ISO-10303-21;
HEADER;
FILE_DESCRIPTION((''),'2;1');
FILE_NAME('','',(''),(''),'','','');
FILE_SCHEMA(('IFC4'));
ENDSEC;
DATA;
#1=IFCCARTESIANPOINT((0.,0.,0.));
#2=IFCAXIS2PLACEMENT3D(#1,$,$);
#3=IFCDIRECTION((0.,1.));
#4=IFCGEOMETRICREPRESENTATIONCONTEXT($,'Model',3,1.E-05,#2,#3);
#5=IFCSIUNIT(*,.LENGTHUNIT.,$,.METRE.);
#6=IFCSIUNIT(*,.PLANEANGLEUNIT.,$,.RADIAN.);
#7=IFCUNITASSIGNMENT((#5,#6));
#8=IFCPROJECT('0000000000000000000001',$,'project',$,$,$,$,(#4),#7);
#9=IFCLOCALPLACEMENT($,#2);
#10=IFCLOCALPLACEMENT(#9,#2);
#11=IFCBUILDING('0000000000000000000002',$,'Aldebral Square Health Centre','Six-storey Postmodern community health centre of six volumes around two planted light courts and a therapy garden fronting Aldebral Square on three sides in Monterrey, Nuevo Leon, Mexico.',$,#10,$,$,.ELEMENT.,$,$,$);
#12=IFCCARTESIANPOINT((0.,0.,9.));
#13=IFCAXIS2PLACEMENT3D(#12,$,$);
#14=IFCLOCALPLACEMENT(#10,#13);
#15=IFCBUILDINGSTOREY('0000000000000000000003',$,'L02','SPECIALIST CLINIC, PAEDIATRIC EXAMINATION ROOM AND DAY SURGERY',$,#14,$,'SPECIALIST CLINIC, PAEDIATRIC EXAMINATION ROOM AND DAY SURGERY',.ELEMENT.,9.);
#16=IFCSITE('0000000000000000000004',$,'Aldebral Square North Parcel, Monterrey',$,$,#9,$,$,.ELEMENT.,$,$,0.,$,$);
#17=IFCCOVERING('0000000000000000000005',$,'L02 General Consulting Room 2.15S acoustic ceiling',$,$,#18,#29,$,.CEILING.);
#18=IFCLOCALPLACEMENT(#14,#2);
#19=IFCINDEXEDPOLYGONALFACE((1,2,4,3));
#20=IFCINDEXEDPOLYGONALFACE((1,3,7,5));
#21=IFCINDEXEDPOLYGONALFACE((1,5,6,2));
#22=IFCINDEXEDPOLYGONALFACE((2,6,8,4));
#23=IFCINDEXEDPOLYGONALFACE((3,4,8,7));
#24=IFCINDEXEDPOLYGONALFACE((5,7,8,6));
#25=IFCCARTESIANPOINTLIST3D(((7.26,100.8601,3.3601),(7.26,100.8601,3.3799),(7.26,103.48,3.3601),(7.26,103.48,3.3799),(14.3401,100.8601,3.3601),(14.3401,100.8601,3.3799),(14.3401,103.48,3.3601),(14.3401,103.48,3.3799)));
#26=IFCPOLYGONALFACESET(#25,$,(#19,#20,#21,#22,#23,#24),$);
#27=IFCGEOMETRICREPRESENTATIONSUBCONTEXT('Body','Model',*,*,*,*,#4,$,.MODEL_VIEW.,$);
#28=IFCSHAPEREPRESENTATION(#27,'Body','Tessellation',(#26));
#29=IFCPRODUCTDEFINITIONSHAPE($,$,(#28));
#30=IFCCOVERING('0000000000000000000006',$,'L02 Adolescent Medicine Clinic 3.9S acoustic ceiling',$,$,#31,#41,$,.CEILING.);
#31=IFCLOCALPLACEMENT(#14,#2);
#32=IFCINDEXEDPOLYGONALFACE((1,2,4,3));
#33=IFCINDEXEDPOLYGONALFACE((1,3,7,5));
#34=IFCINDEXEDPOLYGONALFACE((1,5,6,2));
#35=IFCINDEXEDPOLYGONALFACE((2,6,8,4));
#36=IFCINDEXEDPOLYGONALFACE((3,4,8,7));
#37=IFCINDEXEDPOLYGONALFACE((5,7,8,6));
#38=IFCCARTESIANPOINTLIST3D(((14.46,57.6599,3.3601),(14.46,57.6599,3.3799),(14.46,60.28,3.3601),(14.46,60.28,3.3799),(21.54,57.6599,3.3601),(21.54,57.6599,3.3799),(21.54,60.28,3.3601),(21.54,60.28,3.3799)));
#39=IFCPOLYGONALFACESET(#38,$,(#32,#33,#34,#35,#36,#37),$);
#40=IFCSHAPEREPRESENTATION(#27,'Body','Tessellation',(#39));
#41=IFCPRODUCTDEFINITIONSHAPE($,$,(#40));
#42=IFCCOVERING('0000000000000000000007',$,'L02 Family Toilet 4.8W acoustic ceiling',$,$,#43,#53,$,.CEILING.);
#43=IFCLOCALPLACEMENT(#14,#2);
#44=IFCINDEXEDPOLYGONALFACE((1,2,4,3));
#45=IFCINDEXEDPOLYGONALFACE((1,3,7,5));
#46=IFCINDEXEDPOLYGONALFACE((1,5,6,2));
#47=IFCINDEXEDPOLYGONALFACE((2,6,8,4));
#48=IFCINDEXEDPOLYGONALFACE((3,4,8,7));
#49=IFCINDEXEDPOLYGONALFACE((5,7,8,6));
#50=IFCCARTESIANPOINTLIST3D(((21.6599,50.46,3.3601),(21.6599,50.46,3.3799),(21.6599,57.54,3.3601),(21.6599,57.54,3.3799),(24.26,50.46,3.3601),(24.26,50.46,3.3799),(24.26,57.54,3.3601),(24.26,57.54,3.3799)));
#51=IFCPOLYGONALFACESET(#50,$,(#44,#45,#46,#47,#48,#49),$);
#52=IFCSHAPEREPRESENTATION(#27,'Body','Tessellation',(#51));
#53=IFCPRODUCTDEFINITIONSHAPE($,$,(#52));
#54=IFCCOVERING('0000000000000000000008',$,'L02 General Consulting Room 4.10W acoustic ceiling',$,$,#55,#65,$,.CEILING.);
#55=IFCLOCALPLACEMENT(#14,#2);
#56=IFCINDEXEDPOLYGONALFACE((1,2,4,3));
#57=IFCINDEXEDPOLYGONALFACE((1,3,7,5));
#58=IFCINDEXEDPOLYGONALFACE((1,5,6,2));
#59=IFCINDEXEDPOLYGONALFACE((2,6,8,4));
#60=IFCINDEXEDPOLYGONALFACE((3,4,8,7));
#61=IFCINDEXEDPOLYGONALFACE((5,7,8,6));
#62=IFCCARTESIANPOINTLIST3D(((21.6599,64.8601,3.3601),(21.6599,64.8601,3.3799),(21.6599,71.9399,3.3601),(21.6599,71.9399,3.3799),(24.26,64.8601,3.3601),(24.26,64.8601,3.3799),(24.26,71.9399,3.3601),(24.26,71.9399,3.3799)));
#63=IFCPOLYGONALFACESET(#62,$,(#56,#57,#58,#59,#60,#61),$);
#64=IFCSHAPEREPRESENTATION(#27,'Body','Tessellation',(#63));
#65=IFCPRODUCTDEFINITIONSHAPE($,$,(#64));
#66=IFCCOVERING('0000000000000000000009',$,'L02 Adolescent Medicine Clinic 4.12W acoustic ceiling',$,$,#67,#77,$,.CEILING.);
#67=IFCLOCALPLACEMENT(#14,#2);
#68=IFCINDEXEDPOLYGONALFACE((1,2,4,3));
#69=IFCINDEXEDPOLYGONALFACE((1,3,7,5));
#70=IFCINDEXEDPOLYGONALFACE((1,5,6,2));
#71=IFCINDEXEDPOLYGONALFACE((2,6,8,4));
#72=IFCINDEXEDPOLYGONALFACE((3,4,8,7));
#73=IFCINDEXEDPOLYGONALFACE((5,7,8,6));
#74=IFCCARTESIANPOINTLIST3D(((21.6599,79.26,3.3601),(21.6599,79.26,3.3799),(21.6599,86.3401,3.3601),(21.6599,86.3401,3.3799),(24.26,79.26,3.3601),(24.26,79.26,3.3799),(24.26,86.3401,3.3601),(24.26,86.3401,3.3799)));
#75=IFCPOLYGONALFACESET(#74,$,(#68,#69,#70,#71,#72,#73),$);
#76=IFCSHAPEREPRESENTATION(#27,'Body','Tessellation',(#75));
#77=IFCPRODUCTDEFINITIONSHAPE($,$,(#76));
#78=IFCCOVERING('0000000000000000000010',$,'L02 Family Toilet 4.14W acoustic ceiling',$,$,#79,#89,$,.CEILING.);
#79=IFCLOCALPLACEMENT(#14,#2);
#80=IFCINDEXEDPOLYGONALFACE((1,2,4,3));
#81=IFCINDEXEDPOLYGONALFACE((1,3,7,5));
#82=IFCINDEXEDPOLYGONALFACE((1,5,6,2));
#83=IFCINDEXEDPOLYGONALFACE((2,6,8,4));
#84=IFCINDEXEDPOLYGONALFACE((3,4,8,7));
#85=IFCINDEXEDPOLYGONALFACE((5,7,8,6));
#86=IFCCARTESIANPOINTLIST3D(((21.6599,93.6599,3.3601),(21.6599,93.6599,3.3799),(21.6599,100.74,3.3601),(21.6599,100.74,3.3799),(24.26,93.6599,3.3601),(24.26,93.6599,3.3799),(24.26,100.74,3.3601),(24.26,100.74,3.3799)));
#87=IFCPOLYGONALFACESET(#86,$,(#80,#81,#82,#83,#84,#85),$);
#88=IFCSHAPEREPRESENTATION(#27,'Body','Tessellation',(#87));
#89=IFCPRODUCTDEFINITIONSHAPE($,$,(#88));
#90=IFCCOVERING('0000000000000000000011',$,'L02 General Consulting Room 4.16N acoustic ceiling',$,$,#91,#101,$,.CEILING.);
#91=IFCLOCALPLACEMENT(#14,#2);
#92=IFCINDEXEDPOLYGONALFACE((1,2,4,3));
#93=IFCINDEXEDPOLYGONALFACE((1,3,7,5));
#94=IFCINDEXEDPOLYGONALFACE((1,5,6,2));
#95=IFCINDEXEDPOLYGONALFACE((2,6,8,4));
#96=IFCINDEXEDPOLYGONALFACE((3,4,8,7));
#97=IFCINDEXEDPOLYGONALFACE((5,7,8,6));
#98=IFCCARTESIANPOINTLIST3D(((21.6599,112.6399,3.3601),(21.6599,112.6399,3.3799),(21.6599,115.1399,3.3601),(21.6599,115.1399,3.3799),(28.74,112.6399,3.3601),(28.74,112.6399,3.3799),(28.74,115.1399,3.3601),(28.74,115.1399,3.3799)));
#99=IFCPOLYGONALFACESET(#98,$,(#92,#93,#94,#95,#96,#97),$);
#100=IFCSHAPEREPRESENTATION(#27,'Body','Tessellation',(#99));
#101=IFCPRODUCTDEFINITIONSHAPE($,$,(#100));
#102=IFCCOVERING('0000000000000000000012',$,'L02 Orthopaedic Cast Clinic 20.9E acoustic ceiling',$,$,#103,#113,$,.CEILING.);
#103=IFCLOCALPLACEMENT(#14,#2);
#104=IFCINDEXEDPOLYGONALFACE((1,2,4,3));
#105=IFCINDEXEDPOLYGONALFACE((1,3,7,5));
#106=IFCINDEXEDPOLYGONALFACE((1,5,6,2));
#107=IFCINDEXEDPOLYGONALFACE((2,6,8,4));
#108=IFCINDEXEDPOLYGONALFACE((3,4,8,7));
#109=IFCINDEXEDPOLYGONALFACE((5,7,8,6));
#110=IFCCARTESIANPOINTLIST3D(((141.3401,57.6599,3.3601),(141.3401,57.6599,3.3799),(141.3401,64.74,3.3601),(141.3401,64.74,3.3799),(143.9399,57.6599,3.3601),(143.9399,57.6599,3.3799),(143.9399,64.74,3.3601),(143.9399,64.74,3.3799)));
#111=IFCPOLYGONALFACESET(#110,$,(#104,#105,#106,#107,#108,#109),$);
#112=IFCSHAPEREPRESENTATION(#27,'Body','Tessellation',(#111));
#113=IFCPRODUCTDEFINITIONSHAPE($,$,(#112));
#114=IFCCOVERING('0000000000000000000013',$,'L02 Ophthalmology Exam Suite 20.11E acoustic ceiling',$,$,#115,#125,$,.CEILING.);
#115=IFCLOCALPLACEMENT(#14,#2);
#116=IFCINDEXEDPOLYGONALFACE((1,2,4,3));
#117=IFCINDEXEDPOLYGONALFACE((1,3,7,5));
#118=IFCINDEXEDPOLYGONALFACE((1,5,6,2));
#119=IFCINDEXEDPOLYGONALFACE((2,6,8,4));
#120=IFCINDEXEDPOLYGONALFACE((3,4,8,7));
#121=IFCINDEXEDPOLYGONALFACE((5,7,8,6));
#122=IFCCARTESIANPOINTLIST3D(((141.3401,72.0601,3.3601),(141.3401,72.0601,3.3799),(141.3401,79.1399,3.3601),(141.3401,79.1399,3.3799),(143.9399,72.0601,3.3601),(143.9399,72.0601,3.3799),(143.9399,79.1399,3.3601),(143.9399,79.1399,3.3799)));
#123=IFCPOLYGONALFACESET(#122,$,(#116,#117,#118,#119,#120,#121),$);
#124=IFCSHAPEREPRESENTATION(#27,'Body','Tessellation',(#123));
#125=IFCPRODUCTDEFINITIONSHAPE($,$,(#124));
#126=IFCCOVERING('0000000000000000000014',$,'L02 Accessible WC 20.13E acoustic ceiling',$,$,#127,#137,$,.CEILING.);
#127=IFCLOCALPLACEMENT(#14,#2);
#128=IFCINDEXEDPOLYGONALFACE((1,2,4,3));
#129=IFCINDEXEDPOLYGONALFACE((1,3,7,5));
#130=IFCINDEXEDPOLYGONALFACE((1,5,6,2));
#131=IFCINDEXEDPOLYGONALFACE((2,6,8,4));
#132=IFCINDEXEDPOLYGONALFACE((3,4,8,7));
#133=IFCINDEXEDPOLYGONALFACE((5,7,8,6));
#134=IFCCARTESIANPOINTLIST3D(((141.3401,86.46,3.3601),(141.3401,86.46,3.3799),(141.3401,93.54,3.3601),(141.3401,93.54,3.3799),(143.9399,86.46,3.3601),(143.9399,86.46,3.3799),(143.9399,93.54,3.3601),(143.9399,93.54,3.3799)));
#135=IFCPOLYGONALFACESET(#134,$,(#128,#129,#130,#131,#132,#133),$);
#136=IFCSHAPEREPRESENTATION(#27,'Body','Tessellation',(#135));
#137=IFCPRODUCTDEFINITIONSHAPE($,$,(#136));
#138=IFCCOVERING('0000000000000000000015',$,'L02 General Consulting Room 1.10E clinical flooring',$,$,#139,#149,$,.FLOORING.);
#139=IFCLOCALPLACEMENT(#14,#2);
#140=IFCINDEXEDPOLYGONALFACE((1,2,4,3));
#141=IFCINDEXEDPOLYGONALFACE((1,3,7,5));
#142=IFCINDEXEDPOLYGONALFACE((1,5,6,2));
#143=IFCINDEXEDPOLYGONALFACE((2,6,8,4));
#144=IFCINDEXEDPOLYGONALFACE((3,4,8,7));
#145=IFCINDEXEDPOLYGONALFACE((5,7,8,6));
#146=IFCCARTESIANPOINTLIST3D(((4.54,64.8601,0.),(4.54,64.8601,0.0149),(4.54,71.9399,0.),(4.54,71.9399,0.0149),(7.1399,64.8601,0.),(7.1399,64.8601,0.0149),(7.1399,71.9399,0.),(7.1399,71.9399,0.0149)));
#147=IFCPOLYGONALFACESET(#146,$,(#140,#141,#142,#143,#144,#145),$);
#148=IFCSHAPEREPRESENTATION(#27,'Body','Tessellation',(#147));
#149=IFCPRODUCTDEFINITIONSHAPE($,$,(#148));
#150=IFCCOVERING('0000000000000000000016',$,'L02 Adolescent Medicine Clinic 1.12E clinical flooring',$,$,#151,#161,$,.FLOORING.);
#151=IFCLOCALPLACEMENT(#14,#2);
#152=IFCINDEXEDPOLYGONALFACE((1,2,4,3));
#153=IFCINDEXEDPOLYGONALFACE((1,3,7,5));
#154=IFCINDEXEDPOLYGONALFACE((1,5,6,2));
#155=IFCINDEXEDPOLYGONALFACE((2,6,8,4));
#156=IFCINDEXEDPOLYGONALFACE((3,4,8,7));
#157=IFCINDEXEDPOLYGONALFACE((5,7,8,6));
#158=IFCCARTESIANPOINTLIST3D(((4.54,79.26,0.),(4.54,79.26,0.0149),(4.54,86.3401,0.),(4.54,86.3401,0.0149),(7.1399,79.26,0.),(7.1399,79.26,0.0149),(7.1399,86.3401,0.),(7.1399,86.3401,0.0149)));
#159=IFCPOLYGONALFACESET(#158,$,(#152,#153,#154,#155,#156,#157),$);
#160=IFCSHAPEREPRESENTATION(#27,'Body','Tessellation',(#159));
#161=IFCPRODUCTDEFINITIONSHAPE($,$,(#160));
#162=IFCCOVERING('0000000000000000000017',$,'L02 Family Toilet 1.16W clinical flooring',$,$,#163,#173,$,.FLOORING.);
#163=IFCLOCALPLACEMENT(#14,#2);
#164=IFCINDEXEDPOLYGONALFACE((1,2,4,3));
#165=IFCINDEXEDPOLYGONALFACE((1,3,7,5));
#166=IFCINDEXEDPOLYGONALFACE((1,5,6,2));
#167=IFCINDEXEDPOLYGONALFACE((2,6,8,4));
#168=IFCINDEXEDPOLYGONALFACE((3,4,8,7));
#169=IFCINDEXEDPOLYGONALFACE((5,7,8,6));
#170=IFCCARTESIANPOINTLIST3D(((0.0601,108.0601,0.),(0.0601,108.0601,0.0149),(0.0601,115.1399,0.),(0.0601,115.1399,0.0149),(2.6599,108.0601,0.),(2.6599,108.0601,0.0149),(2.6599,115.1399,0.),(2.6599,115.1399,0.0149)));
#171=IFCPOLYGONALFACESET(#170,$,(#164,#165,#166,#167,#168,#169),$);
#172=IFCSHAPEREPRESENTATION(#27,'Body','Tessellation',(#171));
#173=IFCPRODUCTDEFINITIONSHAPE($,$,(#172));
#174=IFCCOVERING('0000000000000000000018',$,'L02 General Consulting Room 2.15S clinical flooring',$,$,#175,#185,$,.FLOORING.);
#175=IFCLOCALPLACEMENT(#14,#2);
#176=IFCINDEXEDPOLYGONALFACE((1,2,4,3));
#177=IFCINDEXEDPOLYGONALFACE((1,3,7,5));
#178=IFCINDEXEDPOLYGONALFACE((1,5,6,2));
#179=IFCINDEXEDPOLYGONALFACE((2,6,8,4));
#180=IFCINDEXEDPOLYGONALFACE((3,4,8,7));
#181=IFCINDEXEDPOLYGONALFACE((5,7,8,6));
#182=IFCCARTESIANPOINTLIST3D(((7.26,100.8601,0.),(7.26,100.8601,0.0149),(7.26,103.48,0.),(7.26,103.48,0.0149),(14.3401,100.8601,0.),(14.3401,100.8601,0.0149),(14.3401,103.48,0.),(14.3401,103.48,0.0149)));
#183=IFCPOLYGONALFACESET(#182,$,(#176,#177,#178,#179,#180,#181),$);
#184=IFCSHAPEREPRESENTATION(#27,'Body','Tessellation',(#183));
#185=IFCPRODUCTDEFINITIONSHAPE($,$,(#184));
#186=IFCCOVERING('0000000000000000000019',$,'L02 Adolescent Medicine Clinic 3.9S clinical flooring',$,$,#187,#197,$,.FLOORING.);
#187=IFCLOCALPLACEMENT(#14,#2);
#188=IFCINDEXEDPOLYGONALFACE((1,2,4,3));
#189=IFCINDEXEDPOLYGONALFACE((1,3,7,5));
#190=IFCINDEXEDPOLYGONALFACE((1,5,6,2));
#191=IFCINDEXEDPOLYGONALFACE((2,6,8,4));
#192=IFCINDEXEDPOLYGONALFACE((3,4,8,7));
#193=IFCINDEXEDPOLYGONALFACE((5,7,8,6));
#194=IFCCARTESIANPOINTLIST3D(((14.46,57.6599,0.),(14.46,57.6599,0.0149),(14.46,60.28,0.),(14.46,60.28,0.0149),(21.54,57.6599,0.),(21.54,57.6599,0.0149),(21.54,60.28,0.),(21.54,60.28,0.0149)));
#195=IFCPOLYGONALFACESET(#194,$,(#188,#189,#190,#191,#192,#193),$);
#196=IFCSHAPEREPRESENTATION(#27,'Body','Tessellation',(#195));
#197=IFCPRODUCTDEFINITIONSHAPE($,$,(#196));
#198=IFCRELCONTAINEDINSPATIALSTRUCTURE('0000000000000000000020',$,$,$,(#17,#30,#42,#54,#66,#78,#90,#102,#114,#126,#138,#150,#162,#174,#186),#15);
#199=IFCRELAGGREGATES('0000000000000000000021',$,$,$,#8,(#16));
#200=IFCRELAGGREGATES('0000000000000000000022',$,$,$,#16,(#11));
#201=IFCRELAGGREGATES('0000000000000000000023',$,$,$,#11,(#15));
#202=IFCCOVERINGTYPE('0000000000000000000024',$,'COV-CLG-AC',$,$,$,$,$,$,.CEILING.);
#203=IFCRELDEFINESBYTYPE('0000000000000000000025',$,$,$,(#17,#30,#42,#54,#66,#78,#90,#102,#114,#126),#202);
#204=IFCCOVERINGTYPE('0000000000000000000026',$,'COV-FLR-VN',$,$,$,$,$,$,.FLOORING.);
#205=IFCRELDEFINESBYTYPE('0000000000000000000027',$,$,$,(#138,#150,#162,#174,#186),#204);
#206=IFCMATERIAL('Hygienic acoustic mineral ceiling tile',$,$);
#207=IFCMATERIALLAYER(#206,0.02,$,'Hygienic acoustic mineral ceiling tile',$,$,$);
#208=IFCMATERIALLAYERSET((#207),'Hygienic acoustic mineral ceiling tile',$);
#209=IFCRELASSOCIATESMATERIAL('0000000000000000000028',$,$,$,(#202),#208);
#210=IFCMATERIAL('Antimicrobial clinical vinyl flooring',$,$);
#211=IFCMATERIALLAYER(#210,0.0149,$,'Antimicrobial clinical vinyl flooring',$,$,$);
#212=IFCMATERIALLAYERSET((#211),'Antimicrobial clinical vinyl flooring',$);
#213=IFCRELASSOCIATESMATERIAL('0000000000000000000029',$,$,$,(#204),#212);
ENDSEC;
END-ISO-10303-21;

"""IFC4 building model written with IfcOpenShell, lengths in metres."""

from ifc_helpers import new_model, si_unit, direction, frame, origin, place, context, subcontext, project, spatial, polyline, outline, extrude, material, layer, layer_set, type_object, element, save


model = new_model("IFC4")

# Units and contexts
model_context = context("Model", 3, precision=1e-05, world=origin(), true_north=direction((0.0, 1.0)))
body_context = subcontext(model_context, "Body", "Model", "MODEL_VIEW")
ifc_project = project(units=[si_unit("LENGTHUNIT", "METRE"), si_unit("PLANEANGLEUNIT", "RADIAN")], contexts=[model_context])

# Site, building, storey
site_placement = place(None, origin())
site = spatial("IfcSite", under=ifc_project, at=site_placement, Name="Aldebral Square North Parcel, Monterrey", CompositionType="ELEMENT", RefElevation=0.0)
building_placement = place(site_placement, origin())
building = spatial("IfcBuilding", under=site, at=building_placement, Name="Aldebral Square Health Centre", Description="Six-storey Postmodern community health centre of six volumes around two planted light courts and a therapy garden fronting Aldebral Square on three sides in Monterrey, Nuevo Leon, Mexico.", CompositionType="ELEMENT")
storey_placement = place(building_placement, frame((0.0, 0.0, 9.0)))
storey = spatial("IfcBuildingStorey", under=building, at=storey_placement, Name="L02", Description="SPECIALIST CLINIC, PAEDIATRIC EXAMINATION ROOM AND DAY SURGERY", LongName="SPECIALIST CLINIC, PAEDIATRIC EXAMINATION ROOM AND DAY SURGERY", CompositionType="ELEMENT", Elevation=9.0)

# Coverings
ifc_material_1 = material(Name="Hygienic acoustic mineral ceiling tile")
ifc_layer_1 = layer(ifc_material_1, 0.02, Name="Hygienic acoustic mineral ceiling tile")
ifc_layer_set_1 = layer_set([ifc_layer_1], Name="Hygienic acoustic mineral ceiling tile")
covering_type_1 = type_object("IfcCoveringType", Name="COV-CLG-AC", PredefinedType="CEILING", material=ifc_layer_set_1)
covering_1_placement = place(storey_placement, frame((0.0, 0.0, 3.3601)))
element("IfcCovering", 1, at=covering_1_placement, inside=storey, type_object=covering_type_1, Name="L02 General Consulting Room 2.15S acoustic ceiling", PredefinedType="CEILING", context=body_context, shape_type="SweptSolid", body=[
    extrude(outline(polyline([(7.26, 100.8601), (14.3401, 100.8601), (14.3401, 103.48), (7.26, 103.48), (7.26, 100.8601)])), origin(), (0.0, 0.0, 1.0), 0.0198),
])
covering_2_placement = place(storey_placement, frame((0.0, 0.0, 3.3601)))
element("IfcCovering", 2, at=covering_2_placement, inside=storey, type_object=covering_type_1, Name="L02 Adolescent Medicine Clinic 3.9S acoustic ceiling", PredefinedType="CEILING", context=body_context, shape_type="SweptSolid", body=[
    extrude(outline(polyline([(14.46, 57.6599), (21.54, 57.6599), (21.54, 60.28), (14.46, 60.28), (14.46, 57.6599)])), origin(), (0.0, 0.0, 1.0), 0.0198),
])
covering_3_placement = place(storey_placement, frame((0.0, 0.0, 3.3601)))
element("IfcCovering", 3, at=covering_3_placement, inside=storey, type_object=covering_type_1, Name="L02 Family Toilet 4.8W acoustic ceiling", PredefinedType="CEILING", context=body_context, shape_type="SweptSolid", body=[
    extrude(outline(polyline([(21.6599, 50.46), (24.26, 50.46), (24.26, 57.54), (21.6599, 57.54), (21.6599, 50.46)])), origin(), (0.0, 0.0, 1.0), 0.0198),
])
covering_4_placement = place(storey_placement, frame((0.0, 0.0, 3.3601)))
element("IfcCovering", 4, at=covering_4_placement, inside=storey, type_object=covering_type_1, Name="L02 General Consulting Room 4.10W acoustic ceiling", PredefinedType="CEILING", context=body_context, shape_type="SweptSolid", body=[
    extrude(outline(polyline([(21.6599, 64.8601), (24.26, 64.8601), (24.26, 71.9399), (21.6599, 71.9399), (21.6599, 64.8601)])), origin(), (0.0, 0.0, 1.0), 0.0198),
])
covering_5_placement = place(storey_placement, frame((0.0, 0.0, 3.3601)))
element("IfcCovering", 5, at=covering_5_placement, inside=storey, type_object=covering_type_1, Name="L02 Adolescent Medicine Clinic 4.12W acoustic ceiling", PredefinedType="CEILING", context=body_context, shape_type="SweptSolid", body=[
    extrude(outline(polyline([(21.6599, 79.26), (24.26, 79.26), (24.26, 86.3401), (21.6599, 86.3401), (21.6599, 79.26)])), origin(), (0.0, 0.0, 1.0), 0.0198),
])
covering_6_placement = place(storey_placement, frame((0.0, 0.0, 3.3601)))
element("IfcCovering", 6, at=covering_6_placement, inside=storey, type_object=covering_type_1, Name="L02 Family Toilet 4.14W acoustic ceiling", PredefinedType="CEILING", context=body_context, shape_type="SweptSolid", body=[
    extrude(outline(polyline([(21.6599, 93.6599), (24.26, 93.6599), (24.26, 100.74), (21.6599, 100.74), (21.6599, 93.6599)])), origin(), (0.0, 0.0, 1.0), 0.0198),
])
covering_7_placement = place(storey_placement, frame((0.0, 0.0, 3.3601)))
element("IfcCovering", 7, at=covering_7_placement, inside=storey, type_object=covering_type_1, Name="L02 General Consulting Room 4.16N acoustic ceiling", PredefinedType="CEILING", context=body_context, shape_type="SweptSolid", body=[
    extrude(outline(polyline([(21.6599, 112.6399), (28.74, 112.6399), (28.74, 115.1399), (21.6599, 115.1399), (21.6599, 112.6399)])), origin(), (0.0, 0.0, 1.0), 0.0198),
])
covering_8_placement = place(storey_placement, frame((0.0, 0.0, 3.3601)))
element("IfcCovering", 8, at=covering_8_placement, inside=storey, type_object=covering_type_1, Name="L02 Orthopaedic Cast Clinic 20.9E acoustic ceiling", PredefinedType="CEILING", context=body_context, shape_type="SweptSolid", body=[
    extrude(outline(polyline([(141.3401, 57.6599), (143.9399, 57.6599), (143.9399, 64.74), (141.3401, 64.74), (141.3401, 57.6599)])), origin(), (0.0, 0.0, 1.0), 0.0198),
])
covering_9_placement = place(storey_placement, frame((0.0, 0.0, 3.3601)))
element("IfcCovering", 9, at=covering_9_placement, inside=storey, type_object=covering_type_1, Name="L02 Ophthalmology Exam Suite 20.11E acoustic ceiling", PredefinedType="CEILING", context=body_context, shape_type="SweptSolid", body=[
    extrude(outline(polyline([(141.3401, 72.0601), (143.9399, 72.0601), (143.9399, 79.1399), (141.3401, 79.1399), (141.3401, 72.0601)])), origin(), (0.0, 0.0, 1.0), 0.0198),
])
covering_10_placement = place(storey_placement, frame((0.0, 0.0, 3.3601)))
element("IfcCovering", 10, at=covering_10_placement, inside=storey, type_object=covering_type_1, Name="L02 Accessible WC 20.13E acoustic ceiling", PredefinedType="CEILING", context=body_context, shape_type="SweptSolid", body=[
    extrude(outline(polyline([(141.3401, 86.46), (143.9399, 86.46), (143.9399, 93.54), (141.3401, 93.54), (141.3401, 86.46)])), origin(), (0.0, 0.0, 1.0), 0.0198),
])
ifc_material_2 = material(Name="Antimicrobial clinical vinyl flooring")
ifc_layer_2 = layer(ifc_material_2, 0.0149, Name="Antimicrobial clinical vinyl flooring")
ifc_layer_set_2 = layer_set([ifc_layer_2], Name="Antimicrobial clinical vinyl flooring")
covering_type_2 = type_object("IfcCoveringType", Name="COV-FLR-VN", PredefinedType="FLOORING", material=ifc_layer_set_2)
covering_11_placement = place(storey_placement, origin())
element("IfcCovering", 11, at=covering_11_placement, inside=storey, type_object=covering_type_2, Name="L02 General Consulting Room 1.10E clinical flooring", PredefinedType="FLOORING", context=body_context, shape_type="SweptSolid", body=[
    extrude(outline(polyline([(4.54, 64.8601), (7.1399, 64.8601), (7.1399, 71.9399), (4.54, 71.9399), (4.54, 64.8601)])), origin(), (0.0, 0.0, 1.0), 0.0149),
])
covering_12_placement = place(storey_placement, origin())
element("IfcCovering", 12, at=covering_12_placement, inside=storey, type_object=covering_type_2, Name="L02 Adolescent Medicine Clinic 1.12E clinical flooring", PredefinedType="FLOORING", context=body_context, shape_type="SweptSolid", body=[
    extrude(outline(polyline([(4.54, 79.26), (7.1399, 79.26), (7.1399, 86.3401), (4.54, 86.3401), (4.54, 79.26)])), origin(), (0.0, 0.0, 1.0), 0.0149),
])
covering_13_placement = place(storey_placement, origin())
element("IfcCovering", 13, at=covering_13_placement, inside=storey, type_object=covering_type_2, Name="L02 Family Toilet 1.16W clinical flooring", PredefinedType="FLOORING", context=body_context, shape_type="SweptSolid", body=[
    extrude(outline(polyline([(0.0601, 108.0601), (2.6599, 108.0601), (2.6599, 115.1399), (0.0601, 115.1399), (0.0601, 108.0601)])), origin(), (0.0, 0.0, 1.0), 0.0149),
])
covering_14_placement = place(storey_placement, origin())
element("IfcCovering", 14, at=covering_14_placement, inside=storey, type_object=covering_type_2, Name="L02 General Consulting Room 2.15S clinical flooring", PredefinedType="FLOORING", context=body_context, shape_type="SweptSolid", body=[
    extrude(outline(polyline([(7.26, 100.8601), (14.3401, 100.8601), (14.3401, 103.48), (7.26, 103.48), (7.26, 100.8601)])), origin(), (0.0, 0.0, 1.0), 0.0149),
])
covering_15_placement = place(storey_placement, origin())
element("IfcCovering", 15, at=covering_15_placement, inside=storey, type_object=covering_type_2, Name="L02 Adolescent Medicine Clinic 3.9S clinical flooring", PredefinedType="FLOORING", context=body_context, shape_type="SweptSolid", body=[
    extrude(outline(polyline([(14.46, 57.6599), (21.54, 57.6599), (21.54, 60.28), (14.46, 60.28), (14.46, 57.6599)])), origin(), (0.0, 0.0, 1.0), 0.0149),
])

save(model, "model.ifc")
